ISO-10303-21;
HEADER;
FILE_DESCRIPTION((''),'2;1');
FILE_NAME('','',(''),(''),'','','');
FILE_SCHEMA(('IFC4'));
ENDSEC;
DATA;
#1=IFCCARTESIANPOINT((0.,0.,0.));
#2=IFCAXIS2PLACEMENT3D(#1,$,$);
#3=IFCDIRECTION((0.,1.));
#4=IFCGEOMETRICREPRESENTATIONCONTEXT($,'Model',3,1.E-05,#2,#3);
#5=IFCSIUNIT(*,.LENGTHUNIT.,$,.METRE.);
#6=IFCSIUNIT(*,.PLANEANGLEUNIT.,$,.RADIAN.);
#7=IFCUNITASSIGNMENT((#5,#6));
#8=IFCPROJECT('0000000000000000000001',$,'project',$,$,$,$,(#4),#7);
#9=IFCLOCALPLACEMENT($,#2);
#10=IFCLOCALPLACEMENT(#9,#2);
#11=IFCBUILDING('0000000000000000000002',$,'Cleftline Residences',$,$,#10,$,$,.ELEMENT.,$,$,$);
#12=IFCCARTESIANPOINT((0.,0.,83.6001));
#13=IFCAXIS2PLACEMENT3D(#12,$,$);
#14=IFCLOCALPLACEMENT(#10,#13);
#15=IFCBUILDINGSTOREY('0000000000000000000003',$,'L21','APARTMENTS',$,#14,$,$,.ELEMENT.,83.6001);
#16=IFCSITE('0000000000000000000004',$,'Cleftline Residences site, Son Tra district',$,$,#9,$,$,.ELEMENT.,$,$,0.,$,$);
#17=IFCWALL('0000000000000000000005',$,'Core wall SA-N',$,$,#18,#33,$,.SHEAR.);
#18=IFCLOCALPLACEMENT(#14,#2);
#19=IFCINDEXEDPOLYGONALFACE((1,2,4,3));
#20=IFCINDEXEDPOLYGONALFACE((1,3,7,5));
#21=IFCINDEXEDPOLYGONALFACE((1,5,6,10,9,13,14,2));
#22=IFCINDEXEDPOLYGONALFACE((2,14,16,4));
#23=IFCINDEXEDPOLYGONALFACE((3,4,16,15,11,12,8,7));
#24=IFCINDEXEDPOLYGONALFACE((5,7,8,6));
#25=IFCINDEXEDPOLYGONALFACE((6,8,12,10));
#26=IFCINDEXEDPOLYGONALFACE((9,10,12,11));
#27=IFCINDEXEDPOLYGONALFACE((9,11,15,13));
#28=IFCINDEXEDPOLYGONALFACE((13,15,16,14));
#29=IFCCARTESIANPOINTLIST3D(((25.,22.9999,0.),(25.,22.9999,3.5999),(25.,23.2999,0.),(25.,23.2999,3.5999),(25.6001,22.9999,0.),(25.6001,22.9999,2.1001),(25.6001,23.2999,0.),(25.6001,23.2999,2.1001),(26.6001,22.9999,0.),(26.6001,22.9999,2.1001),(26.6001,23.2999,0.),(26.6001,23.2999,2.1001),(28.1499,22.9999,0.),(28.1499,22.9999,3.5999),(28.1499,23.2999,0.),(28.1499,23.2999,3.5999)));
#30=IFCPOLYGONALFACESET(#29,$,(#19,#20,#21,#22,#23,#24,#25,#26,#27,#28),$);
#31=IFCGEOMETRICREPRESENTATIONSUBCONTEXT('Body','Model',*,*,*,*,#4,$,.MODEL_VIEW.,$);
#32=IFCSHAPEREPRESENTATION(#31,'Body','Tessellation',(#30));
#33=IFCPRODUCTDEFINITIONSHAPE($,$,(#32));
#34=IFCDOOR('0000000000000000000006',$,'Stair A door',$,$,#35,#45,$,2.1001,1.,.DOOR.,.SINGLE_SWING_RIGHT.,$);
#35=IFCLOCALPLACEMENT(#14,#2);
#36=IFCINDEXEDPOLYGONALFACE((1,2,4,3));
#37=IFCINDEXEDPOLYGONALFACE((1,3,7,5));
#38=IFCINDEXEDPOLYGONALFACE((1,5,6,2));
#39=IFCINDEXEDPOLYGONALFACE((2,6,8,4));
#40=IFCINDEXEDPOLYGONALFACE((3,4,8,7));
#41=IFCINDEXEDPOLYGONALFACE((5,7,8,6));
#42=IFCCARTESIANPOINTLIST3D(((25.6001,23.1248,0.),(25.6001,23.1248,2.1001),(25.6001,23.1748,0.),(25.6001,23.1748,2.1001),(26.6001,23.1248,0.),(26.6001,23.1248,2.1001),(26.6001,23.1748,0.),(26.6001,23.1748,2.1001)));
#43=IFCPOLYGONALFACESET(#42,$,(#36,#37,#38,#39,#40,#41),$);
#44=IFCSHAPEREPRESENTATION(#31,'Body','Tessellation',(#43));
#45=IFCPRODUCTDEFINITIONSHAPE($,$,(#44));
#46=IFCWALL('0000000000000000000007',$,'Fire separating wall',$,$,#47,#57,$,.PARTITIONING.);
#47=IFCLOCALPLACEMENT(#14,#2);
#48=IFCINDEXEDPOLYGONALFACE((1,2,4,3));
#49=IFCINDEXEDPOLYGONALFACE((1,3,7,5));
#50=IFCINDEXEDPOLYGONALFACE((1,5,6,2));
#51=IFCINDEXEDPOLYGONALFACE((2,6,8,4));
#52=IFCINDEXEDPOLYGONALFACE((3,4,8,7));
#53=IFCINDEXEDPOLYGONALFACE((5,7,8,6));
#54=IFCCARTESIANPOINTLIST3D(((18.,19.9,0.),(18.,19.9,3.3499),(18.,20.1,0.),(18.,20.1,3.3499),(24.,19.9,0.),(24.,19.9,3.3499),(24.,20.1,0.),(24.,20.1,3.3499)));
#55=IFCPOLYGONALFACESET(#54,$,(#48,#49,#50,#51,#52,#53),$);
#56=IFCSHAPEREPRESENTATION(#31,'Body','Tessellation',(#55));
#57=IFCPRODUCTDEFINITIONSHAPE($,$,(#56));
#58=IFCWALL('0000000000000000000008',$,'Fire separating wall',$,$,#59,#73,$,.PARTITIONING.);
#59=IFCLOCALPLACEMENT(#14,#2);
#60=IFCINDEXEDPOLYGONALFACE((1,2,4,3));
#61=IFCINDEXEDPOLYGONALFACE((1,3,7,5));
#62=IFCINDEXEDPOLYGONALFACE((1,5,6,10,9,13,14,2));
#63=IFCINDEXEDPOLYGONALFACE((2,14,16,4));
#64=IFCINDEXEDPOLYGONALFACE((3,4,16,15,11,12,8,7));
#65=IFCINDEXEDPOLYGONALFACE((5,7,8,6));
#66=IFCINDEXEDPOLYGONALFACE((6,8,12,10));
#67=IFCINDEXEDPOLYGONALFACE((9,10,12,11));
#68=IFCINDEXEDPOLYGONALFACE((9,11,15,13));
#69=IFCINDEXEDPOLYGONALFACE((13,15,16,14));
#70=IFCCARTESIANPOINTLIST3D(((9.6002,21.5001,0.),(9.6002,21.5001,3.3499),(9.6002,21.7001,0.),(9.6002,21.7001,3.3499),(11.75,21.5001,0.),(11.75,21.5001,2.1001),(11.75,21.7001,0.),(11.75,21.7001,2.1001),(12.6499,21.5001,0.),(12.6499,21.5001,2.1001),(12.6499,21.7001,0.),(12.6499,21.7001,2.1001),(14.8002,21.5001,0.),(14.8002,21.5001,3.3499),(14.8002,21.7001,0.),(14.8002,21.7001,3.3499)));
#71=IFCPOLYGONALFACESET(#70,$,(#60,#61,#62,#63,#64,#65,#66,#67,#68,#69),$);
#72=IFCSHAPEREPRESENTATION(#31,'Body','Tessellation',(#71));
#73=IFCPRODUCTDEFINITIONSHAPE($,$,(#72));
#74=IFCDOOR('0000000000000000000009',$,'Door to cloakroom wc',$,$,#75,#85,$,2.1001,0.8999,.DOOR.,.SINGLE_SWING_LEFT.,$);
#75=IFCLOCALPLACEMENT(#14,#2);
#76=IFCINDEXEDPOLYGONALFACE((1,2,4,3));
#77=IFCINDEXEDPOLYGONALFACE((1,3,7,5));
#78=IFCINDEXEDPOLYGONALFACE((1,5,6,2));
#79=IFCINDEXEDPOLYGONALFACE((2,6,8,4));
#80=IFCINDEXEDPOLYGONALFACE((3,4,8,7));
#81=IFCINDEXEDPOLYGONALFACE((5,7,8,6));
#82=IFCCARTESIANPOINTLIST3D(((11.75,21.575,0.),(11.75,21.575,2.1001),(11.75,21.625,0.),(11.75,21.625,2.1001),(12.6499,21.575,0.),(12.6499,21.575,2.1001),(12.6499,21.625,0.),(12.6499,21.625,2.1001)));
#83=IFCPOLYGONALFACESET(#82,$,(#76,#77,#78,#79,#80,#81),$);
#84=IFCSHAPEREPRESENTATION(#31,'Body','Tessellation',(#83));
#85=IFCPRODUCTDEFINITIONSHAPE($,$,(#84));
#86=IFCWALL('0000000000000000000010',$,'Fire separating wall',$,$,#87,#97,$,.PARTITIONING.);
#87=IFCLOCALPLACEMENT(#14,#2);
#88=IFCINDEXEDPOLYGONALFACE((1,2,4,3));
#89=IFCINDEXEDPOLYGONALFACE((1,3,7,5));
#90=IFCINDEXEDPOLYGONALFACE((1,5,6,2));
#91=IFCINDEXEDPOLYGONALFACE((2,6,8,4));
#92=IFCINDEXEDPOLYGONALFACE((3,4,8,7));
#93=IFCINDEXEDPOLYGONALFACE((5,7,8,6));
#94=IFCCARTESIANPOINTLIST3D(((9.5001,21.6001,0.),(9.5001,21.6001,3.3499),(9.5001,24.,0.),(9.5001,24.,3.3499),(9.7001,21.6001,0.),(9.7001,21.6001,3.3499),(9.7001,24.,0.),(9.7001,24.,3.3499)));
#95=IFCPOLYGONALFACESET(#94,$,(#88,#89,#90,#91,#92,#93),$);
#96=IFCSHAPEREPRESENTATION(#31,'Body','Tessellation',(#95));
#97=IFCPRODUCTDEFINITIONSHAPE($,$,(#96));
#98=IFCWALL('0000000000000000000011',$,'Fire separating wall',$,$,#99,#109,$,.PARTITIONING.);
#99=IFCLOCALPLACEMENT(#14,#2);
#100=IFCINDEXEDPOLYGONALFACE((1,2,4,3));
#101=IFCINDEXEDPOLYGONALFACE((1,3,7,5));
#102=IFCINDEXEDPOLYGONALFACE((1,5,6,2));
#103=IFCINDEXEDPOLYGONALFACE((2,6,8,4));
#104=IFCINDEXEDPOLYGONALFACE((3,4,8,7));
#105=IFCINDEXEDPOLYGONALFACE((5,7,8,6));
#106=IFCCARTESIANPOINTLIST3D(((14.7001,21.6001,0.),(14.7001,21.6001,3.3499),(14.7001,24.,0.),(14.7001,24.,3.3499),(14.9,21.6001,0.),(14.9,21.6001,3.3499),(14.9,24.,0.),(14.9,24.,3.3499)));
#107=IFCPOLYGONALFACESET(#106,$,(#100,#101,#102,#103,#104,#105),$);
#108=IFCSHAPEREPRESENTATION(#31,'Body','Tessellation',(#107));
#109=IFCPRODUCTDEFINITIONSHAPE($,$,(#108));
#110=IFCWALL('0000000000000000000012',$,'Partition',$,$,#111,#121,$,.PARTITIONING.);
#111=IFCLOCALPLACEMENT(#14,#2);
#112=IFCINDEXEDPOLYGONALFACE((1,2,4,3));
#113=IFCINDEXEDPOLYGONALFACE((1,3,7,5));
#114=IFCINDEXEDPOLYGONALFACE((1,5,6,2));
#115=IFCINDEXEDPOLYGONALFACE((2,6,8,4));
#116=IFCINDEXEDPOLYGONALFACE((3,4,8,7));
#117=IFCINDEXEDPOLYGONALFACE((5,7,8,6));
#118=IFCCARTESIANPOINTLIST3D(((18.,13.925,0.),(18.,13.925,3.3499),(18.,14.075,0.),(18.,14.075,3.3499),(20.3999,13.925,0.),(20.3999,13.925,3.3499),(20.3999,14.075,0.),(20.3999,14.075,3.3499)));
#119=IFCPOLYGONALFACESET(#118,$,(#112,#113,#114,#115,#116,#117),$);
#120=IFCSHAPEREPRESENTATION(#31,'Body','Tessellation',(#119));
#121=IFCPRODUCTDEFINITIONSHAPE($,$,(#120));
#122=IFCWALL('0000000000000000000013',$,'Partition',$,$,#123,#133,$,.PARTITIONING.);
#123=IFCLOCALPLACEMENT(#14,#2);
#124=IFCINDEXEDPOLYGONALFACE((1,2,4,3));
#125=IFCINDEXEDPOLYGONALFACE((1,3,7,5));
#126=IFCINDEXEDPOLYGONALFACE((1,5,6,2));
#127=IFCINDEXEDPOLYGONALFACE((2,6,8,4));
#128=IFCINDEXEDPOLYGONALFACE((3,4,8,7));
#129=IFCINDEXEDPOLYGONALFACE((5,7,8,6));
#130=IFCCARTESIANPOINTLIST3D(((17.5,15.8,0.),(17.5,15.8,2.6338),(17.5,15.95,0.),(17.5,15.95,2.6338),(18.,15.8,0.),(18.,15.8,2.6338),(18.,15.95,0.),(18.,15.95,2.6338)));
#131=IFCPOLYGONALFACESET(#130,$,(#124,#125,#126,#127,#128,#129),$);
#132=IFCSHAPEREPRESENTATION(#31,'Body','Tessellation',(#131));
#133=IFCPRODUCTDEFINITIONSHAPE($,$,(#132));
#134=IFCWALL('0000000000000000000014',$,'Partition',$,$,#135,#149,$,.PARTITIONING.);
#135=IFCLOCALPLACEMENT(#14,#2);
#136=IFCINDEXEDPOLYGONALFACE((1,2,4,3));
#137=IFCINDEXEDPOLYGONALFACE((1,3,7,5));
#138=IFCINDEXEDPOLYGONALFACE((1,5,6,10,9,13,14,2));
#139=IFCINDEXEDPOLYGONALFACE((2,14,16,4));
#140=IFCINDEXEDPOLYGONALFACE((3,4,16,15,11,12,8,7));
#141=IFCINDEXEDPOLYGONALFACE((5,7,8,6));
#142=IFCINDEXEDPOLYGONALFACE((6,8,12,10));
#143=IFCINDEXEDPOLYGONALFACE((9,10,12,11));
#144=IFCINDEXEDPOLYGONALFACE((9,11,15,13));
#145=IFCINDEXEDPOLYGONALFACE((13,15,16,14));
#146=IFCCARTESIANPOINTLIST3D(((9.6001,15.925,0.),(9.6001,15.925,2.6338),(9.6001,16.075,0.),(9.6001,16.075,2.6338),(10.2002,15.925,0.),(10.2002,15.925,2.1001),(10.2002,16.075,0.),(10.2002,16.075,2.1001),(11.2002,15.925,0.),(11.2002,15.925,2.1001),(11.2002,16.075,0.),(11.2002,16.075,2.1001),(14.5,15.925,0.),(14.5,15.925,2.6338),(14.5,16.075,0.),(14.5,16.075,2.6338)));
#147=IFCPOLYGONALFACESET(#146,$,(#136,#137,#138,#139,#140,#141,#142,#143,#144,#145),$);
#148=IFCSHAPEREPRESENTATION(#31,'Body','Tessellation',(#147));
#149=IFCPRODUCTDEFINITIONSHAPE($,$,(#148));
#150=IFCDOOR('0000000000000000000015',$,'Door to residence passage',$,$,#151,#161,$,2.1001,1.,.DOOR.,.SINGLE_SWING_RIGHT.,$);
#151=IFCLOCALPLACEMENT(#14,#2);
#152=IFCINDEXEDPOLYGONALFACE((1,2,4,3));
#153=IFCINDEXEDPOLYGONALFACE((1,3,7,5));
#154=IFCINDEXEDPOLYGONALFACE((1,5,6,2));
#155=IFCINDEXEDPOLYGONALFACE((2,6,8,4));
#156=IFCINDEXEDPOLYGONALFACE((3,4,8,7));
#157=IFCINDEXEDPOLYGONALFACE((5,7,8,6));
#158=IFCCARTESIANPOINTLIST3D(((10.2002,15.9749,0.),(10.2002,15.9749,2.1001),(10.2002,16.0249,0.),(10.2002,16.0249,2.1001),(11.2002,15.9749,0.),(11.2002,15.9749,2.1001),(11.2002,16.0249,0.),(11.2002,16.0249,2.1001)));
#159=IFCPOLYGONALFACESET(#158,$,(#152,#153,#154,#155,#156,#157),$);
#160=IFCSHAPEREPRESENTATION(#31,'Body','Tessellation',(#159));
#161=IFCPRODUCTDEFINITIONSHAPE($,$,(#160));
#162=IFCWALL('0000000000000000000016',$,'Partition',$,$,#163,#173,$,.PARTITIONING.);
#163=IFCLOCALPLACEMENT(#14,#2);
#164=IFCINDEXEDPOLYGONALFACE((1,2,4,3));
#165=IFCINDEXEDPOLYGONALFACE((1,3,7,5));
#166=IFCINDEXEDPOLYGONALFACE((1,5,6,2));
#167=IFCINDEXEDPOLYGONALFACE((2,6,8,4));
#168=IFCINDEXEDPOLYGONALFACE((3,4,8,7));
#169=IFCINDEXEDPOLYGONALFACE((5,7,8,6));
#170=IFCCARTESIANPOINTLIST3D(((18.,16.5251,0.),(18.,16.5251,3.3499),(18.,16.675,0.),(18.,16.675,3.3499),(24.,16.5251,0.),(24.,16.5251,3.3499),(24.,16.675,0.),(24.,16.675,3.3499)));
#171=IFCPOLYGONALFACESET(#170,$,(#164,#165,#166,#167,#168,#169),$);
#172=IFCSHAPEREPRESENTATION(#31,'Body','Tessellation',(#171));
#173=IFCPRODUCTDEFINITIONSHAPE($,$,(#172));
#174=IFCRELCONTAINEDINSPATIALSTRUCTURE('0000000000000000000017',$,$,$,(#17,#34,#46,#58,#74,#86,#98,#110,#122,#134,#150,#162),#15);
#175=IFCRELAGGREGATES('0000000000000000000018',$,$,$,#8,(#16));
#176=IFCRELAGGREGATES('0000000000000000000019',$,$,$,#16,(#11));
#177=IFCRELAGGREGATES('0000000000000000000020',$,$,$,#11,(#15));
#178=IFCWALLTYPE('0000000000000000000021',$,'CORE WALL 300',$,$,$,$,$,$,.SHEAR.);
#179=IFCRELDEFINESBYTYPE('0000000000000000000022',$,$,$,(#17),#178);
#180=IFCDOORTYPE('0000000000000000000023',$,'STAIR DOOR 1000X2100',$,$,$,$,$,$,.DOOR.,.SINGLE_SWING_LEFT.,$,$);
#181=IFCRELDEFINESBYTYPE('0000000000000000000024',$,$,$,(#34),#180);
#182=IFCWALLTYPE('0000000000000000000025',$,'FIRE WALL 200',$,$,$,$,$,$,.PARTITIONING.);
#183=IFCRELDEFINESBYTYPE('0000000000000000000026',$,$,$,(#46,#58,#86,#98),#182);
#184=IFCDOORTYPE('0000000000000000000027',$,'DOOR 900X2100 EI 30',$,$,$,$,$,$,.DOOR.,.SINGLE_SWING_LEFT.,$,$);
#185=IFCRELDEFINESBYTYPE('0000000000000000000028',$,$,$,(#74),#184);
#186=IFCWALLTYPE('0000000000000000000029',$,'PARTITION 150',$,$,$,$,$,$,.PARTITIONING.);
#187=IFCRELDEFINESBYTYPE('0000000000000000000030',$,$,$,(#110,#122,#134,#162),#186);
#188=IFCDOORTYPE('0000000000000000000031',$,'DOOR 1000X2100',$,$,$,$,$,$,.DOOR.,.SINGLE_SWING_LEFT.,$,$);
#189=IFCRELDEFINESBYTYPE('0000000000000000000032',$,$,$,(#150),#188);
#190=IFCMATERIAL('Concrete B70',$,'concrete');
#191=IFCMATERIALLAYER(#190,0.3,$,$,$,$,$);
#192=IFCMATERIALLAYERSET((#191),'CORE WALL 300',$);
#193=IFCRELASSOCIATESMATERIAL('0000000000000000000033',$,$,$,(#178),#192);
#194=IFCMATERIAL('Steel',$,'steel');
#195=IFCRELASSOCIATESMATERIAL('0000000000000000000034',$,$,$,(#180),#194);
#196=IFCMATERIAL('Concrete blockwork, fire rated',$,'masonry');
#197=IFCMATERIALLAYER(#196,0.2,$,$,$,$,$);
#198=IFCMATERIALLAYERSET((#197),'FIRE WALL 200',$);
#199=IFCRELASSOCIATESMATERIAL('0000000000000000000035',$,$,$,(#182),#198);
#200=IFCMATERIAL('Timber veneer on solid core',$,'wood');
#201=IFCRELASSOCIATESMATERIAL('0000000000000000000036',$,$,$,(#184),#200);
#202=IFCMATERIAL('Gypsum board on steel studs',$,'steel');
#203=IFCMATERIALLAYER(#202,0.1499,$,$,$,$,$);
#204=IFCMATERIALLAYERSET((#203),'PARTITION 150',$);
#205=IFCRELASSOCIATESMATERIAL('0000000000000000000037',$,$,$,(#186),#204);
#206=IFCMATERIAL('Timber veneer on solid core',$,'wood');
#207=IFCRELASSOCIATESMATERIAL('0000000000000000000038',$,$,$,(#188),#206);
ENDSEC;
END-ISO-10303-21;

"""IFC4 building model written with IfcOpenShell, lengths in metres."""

from ifc_helpers import new_model, si_unit, direction, frame, frame_2d, origin, place, context, subcontext, project, spatial, rectangle, extrude, material, layer, layer_set, type_object, element, fill, save


model = new_model("IFC4")

# Units and contexts
model_context = context("Model", 3, precision=1e-05, world=origin(), true_north=direction((0.0, 1.0)))
body_context = subcontext(model_context, "Body", "Model", "MODEL_VIEW")
ifc_project = project(units=[si_unit("LENGTHUNIT", "METRE"), si_unit("PLANEANGLEUNIT", "RADIAN")], contexts=[model_context])

# Site, building, storey
site_placement = place(None, origin())
site = spatial("IfcSite", under=ifc_project, at=site_placement, Name="Cleftline Residences site, Son Tra district", CompositionType="ELEMENT", RefElevation=0.0)
building_placement = place(site_placement, origin())
building = spatial("IfcBuilding", under=site, at=building_placement, Name="Cleftline Residences", CompositionType="ELEMENT")
storey_placement = place(building_placement, frame((0.0, 0.0, 83.6001)))
storey = spatial("IfcBuildingStorey", under=building, at=storey_placement, Name="L21", Description="APARTMENTS", CompositionType="ELEMENT", Elevation=83.6001)

# Wall, opening, door
ifc_material_1 = material(Name="Concrete B70", Category="concrete")
ifc_layer_1 = layer(ifc_material_1, 0.3)
ifc_layer_set_1 = layer_set([ifc_layer_1], Name="CORE WALL 300")
wall_type_1 = type_object("IfcWallType", Name="CORE WALL 300", PredefinedType="SHEAR", material=ifc_layer_set_1)
wall_1_placement = place(storey_placement, frame((25.0, 23.1499, 0.0), z_axis=(0.0, 0.0, 1.0), x_axis=(1.0, 0.0, 0.0)))
wall_1 = element("IfcWall", 1, at=wall_1_placement, inside=storey, type_object=wall_type_1, Name="Core wall SA-N", PredefinedType="SHEAR", context=body_context, shape_type="SweptSolid", body=[
    extrude(rectangle(XDim=3.1499, YDim=0.3, at=frame_2d((1.575, 0.0))), origin(), (0.0, 0.0, 1.0), 3.5999),
])
opening_1_placement = place(wall_1_placement, frame((0.6001, 0.0, 0.0)))
opening_1 = element("IfcOpeningElement", 2, at=opening_1_placement, cuts=wall_1, PredefinedType="OPENING", context=body_context, shape_type="SweptSolid", body=[
    extrude(rectangle(XDim=1.0, YDim=2.1001, at=frame_2d((0.5, 1.05))), frame((0.0, 0.1599, 0.0), z_axis=(0.0, -1.0, 0.0), x_axis=(1.0, 0.0, 0.0)), (0.0, 0.0, 1.0), 0.3201),
])
ifc_material_2 = material(Name="Steel", Category="steel")
door_type_1 = type_object("IfcDoorType", Name="STAIR DOOR 1000X2100", OperationType="SINGLE_SWING_LEFT", PredefinedType="DOOR", material=ifc_material_2)
door_1_placement = place(opening_1_placement, origin())
door_1 = element("IfcDoor", 3, at=door_1_placement, inside=storey, type_object=door_type_1, Name="Stair A door", OperationType="SINGLE_SWING_RIGHT", OverallHeight=2.1001, OverallWidth=1.0, PredefinedType="DOOR", context=body_context, shape_type="SweptSolid", body=[
    extrude(rectangle(XDim=1.0, YDim=2.1001, at=frame_2d((0.5, 1.05))), frame((0.0, 0.0249, 0.0), z_axis=(0.0, -1.0, 0.0), x_axis=(1.0, 0.0, 0.0)), (0.0, 0.0, 1.0), 0.05),
])
fill(opening_1, door_1)

# Wall
ifc_material_3 = material(Name="Concrete blockwork, fire rated", Category="masonry")
ifc_layer_2 = layer(ifc_material_3, 0.2)
ifc_layer_set_2 = layer_set([ifc_layer_2], Name="FIRE WALL 200")
wall_type_2 = type_object("IfcWallType", Name="FIRE WALL 200", PredefinedType="PARTITIONING", material=ifc_layer_set_2)
wall_2_placement = place(storey_placement, frame((18.0, 20.0, 0.0), z_axis=(0.0, 0.0, 1.0), x_axis=(1.0, 0.0, 0.0)))
element("IfcWall", 4, at=wall_2_placement, inside=storey, type_object=wall_type_2, Name="Fire separating wall", PredefinedType="PARTITIONING", context=body_context, shape_type="SweptSolid", body=[
    extrude(rectangle(XDim=6.0, YDim=0.2, at=frame_2d((3.0, 0.0))), origin(), (0.0, 0.0, 1.0), 3.3499),
])

# Wall, opening, door
wall_3_placement = place(storey_placement, frame((9.6001, 21.6001, 0.0), z_axis=(0.0, 0.0, 1.0), x_axis=(1.0, 0.0, 0.0)))
wall_3 = element("IfcWall", 5, at=wall_3_placement, inside=storey, type_object=wall_type_2, Name="Fire separating wall", PredefinedType="PARTITIONING", context=body_context, shape_type="SweptSolid", body=[
    extrude(rectangle(XDim=5.2, YDim=0.2, at=frame_2d((2.6001, 0.0))), origin(), (0.0, 0.0, 1.0), 3.3499),
])
opening_2_placement = place(wall_3_placement, frame((2.1499, 0.0, 0.0)))
opening_2 = element("IfcOpeningElement", 6, at=opening_2_placement, cuts=wall_3, PredefinedType="OPENING", context=body_context, shape_type="SweptSolid", body=[
    extrude(rectangle(XDim=0.8999, YDim=2.1001, at=frame_2d((0.45, 1.05))), frame((0.0, 0.1099, 0.0), z_axis=(0.0, -1.0, 0.0), x_axis=(1.0, 0.0, 0.0)), (0.0, 0.0, 1.0), 0.22),
])
ifc_material_4 = material(Name="Timber veneer on solid core", Category="wood")
door_type_2 = type_object("IfcDoorType", Name="DOOR 900X2100 EI 30", OperationType="SINGLE_SWING_LEFT", PredefinedType="DOOR", material=ifc_material_4)
door_2_placement = place(opening_2_placement, origin())
door_2 = element("IfcDoor", 7, at=door_2_placement, inside=storey, type_object=door_type_2, Name="Door to cloakroom wc", OperationType="SINGLE_SWING_LEFT", OverallHeight=2.1001, OverallWidth=0.8999, PredefinedType="DOOR", context=body_context, shape_type="SweptSolid", body=[
    extrude(rectangle(XDim=0.8999, YDim=2.1001, at=frame_2d((0.45, 1.05))), frame((0.0, 0.0249, 0.0), z_axis=(0.0, -1.0, 0.0), x_axis=(1.0, 0.0, 0.0)), (0.0, 0.0, 1.0), 0.05),
])
fill(opening_2, door_2)

# Walls
for number, where, z_axis, x_axis, name in (
    (8, (9.6001, 21.6001, 0.0), (0.0, 0.0, 1.0), (0.0, 1.0, 0.0), "Fire separating wall"),
    (9, (14.8, 21.6001, 0.0), (0.0, 0.0, 1.0), (0.0, 1.0, 0.0), "Fire separating wall"),
):
    element("IfcWall", number, at=place(storey_placement, frame(where, z_axis=z_axis, x_axis=x_axis)), inside=storey, type_object=wall_type_2, Name=name, PredefinedType="PARTITIONING", context=body_context, shape_type="SweptSolid", body=[
        extrude(rectangle(XDim=2.3999, YDim=0.2, at=frame_2d((1.2, 0.0))), origin(), (0.0, 0.0, 1.0), 3.3499),
    ])
ifc_material_5 = material(Name="Gypsum board on steel studs", Category="steel")
ifc_layer_3 = layer(ifc_material_5, 0.1499)
ifc_layer_set_3 = layer_set([ifc_layer_3], Name="PARTITION 150")
wall_type_3 = type_object("IfcWallType", Name="PARTITION 150", PredefinedType="PARTITIONING", material=ifc_layer_set_3)
wall_4_placement = place(storey_placement, frame((18.0, 14.0, 0.0), z_axis=(0.0, 0.0, 1.0), x_axis=(1.0, 0.0, 0.0)))
element("IfcWall", 10, at=wall_4_placement, inside=storey, type_object=wall_type_3, Name="Partition", PredefinedType="PARTITIONING", context=body_context, shape_type="SweptSolid", body=[
    extrude(rectangle(XDim=2.3999, YDim=0.1499, at=frame_2d((1.2, 0.0))), origin(), (0.0, 0.0, 1.0), 3.3499),
])
wall_5_placement = place(storey_placement, frame((17.5, 15.875, 0.0), z_axis=(0.0, 0.0, 1.0), x_axis=(1.0, 0.0, 0.0)))
element("IfcWall", 11, at=wall_5_placement, inside=storey, type_object=wall_type_3, Name="Partition", PredefinedType="PARTITIONING", context=body_context, shape_type="SweptSolid", body=[
    extrude(rectangle(XDim=0.5, YDim=0.1499, at=frame_2d((0.25, 0.0))), origin(), (0.0, 0.0, 1.0), 2.6338),
])

# Wall, opening, door
wall_6_placement = place(storey_placement, frame((9.6001, 16.0, 0.0), z_axis=(0.0, 0.0, 1.0), x_axis=(1.0, 0.0, 0.0)))
wall_6 = element("IfcWall", 12, at=wall_6_placement, inside=storey, type_object=wall_type_3, Name="Partition", PredefinedType="PARTITIONING", context=body_context, shape_type="SweptSolid", body=[
    extrude(rectangle(XDim=4.8999, YDim=0.1499, at=frame_2d((2.45, 0.0))), origin(), (0.0, 0.0, 1.0), 2.6338),
])
opening_3_placement = place(wall_6_placement, frame((0.6001, 0.0, 0.0)))
opening_3 = element("IfcOpeningElement", 13, at=opening_3_placement, cuts=wall_6, PredefinedType="OPENING", context=body_context, shape_type="SweptSolid", body=[
    extrude(rectangle(XDim=1.0, YDim=2.1001, at=frame_2d((0.5, 1.05))), frame((0.0, 0.085, 0.0), z_axis=(0.0, -1.0, 0.0), x_axis=(1.0, 0.0, 0.0)), (0.0, 0.0, 1.0), 0.1699),
])
ifc_material_6 = material(Name="Timber veneer on solid core", Category="wood")
door_type_3 = type_object("IfcDoorType", Name="DOOR 1000X2100", OperationType="SINGLE_SWING_LEFT", PredefinedType="DOOR", material=ifc_material_6)
door_3_placement = place(opening_3_placement, origin())
door_3 = element("IfcDoor", 14, at=door_3_placement, inside=storey, type_object=door_type_3, Name="Door to residence passage", OperationType="SINGLE_SWING_RIGHT", OverallHeight=2.1001, OverallWidth=1.0, PredefinedType="DOOR", context=body_context, shape_type="SweptSolid", body=[
    extrude(rectangle(XDim=1.0, YDim=2.1001, at=frame_2d((0.5, 1.05))), frame((0.0, 0.0249, 0.0), z_axis=(0.0, -1.0, 0.0), x_axis=(1.0, 0.0, 0.0)), (0.0, 0.0, 1.0), 0.05),
])
fill(opening_3, door_3)

# Wall
wall_7_placement = place(storey_placement, frame((18.0, 16.6001, 0.0), z_axis=(0.0, 0.0, 1.0), x_axis=(1.0, 0.0, 0.0)))
element("IfcWall", 15, at=wall_7_placement, inside=storey, type_object=wall_type_3, Name="Partition", PredefinedType="PARTITIONING", context=body_context, shape_type="SweptSolid", body=[
    extrude(rectangle(XDim=6.0, YDim=0.1499, at=frame_2d((3.0, 0.0))), origin(), (0.0, 0.0, 1.0), 3.3499),
])

save(model, "model.ifc")
